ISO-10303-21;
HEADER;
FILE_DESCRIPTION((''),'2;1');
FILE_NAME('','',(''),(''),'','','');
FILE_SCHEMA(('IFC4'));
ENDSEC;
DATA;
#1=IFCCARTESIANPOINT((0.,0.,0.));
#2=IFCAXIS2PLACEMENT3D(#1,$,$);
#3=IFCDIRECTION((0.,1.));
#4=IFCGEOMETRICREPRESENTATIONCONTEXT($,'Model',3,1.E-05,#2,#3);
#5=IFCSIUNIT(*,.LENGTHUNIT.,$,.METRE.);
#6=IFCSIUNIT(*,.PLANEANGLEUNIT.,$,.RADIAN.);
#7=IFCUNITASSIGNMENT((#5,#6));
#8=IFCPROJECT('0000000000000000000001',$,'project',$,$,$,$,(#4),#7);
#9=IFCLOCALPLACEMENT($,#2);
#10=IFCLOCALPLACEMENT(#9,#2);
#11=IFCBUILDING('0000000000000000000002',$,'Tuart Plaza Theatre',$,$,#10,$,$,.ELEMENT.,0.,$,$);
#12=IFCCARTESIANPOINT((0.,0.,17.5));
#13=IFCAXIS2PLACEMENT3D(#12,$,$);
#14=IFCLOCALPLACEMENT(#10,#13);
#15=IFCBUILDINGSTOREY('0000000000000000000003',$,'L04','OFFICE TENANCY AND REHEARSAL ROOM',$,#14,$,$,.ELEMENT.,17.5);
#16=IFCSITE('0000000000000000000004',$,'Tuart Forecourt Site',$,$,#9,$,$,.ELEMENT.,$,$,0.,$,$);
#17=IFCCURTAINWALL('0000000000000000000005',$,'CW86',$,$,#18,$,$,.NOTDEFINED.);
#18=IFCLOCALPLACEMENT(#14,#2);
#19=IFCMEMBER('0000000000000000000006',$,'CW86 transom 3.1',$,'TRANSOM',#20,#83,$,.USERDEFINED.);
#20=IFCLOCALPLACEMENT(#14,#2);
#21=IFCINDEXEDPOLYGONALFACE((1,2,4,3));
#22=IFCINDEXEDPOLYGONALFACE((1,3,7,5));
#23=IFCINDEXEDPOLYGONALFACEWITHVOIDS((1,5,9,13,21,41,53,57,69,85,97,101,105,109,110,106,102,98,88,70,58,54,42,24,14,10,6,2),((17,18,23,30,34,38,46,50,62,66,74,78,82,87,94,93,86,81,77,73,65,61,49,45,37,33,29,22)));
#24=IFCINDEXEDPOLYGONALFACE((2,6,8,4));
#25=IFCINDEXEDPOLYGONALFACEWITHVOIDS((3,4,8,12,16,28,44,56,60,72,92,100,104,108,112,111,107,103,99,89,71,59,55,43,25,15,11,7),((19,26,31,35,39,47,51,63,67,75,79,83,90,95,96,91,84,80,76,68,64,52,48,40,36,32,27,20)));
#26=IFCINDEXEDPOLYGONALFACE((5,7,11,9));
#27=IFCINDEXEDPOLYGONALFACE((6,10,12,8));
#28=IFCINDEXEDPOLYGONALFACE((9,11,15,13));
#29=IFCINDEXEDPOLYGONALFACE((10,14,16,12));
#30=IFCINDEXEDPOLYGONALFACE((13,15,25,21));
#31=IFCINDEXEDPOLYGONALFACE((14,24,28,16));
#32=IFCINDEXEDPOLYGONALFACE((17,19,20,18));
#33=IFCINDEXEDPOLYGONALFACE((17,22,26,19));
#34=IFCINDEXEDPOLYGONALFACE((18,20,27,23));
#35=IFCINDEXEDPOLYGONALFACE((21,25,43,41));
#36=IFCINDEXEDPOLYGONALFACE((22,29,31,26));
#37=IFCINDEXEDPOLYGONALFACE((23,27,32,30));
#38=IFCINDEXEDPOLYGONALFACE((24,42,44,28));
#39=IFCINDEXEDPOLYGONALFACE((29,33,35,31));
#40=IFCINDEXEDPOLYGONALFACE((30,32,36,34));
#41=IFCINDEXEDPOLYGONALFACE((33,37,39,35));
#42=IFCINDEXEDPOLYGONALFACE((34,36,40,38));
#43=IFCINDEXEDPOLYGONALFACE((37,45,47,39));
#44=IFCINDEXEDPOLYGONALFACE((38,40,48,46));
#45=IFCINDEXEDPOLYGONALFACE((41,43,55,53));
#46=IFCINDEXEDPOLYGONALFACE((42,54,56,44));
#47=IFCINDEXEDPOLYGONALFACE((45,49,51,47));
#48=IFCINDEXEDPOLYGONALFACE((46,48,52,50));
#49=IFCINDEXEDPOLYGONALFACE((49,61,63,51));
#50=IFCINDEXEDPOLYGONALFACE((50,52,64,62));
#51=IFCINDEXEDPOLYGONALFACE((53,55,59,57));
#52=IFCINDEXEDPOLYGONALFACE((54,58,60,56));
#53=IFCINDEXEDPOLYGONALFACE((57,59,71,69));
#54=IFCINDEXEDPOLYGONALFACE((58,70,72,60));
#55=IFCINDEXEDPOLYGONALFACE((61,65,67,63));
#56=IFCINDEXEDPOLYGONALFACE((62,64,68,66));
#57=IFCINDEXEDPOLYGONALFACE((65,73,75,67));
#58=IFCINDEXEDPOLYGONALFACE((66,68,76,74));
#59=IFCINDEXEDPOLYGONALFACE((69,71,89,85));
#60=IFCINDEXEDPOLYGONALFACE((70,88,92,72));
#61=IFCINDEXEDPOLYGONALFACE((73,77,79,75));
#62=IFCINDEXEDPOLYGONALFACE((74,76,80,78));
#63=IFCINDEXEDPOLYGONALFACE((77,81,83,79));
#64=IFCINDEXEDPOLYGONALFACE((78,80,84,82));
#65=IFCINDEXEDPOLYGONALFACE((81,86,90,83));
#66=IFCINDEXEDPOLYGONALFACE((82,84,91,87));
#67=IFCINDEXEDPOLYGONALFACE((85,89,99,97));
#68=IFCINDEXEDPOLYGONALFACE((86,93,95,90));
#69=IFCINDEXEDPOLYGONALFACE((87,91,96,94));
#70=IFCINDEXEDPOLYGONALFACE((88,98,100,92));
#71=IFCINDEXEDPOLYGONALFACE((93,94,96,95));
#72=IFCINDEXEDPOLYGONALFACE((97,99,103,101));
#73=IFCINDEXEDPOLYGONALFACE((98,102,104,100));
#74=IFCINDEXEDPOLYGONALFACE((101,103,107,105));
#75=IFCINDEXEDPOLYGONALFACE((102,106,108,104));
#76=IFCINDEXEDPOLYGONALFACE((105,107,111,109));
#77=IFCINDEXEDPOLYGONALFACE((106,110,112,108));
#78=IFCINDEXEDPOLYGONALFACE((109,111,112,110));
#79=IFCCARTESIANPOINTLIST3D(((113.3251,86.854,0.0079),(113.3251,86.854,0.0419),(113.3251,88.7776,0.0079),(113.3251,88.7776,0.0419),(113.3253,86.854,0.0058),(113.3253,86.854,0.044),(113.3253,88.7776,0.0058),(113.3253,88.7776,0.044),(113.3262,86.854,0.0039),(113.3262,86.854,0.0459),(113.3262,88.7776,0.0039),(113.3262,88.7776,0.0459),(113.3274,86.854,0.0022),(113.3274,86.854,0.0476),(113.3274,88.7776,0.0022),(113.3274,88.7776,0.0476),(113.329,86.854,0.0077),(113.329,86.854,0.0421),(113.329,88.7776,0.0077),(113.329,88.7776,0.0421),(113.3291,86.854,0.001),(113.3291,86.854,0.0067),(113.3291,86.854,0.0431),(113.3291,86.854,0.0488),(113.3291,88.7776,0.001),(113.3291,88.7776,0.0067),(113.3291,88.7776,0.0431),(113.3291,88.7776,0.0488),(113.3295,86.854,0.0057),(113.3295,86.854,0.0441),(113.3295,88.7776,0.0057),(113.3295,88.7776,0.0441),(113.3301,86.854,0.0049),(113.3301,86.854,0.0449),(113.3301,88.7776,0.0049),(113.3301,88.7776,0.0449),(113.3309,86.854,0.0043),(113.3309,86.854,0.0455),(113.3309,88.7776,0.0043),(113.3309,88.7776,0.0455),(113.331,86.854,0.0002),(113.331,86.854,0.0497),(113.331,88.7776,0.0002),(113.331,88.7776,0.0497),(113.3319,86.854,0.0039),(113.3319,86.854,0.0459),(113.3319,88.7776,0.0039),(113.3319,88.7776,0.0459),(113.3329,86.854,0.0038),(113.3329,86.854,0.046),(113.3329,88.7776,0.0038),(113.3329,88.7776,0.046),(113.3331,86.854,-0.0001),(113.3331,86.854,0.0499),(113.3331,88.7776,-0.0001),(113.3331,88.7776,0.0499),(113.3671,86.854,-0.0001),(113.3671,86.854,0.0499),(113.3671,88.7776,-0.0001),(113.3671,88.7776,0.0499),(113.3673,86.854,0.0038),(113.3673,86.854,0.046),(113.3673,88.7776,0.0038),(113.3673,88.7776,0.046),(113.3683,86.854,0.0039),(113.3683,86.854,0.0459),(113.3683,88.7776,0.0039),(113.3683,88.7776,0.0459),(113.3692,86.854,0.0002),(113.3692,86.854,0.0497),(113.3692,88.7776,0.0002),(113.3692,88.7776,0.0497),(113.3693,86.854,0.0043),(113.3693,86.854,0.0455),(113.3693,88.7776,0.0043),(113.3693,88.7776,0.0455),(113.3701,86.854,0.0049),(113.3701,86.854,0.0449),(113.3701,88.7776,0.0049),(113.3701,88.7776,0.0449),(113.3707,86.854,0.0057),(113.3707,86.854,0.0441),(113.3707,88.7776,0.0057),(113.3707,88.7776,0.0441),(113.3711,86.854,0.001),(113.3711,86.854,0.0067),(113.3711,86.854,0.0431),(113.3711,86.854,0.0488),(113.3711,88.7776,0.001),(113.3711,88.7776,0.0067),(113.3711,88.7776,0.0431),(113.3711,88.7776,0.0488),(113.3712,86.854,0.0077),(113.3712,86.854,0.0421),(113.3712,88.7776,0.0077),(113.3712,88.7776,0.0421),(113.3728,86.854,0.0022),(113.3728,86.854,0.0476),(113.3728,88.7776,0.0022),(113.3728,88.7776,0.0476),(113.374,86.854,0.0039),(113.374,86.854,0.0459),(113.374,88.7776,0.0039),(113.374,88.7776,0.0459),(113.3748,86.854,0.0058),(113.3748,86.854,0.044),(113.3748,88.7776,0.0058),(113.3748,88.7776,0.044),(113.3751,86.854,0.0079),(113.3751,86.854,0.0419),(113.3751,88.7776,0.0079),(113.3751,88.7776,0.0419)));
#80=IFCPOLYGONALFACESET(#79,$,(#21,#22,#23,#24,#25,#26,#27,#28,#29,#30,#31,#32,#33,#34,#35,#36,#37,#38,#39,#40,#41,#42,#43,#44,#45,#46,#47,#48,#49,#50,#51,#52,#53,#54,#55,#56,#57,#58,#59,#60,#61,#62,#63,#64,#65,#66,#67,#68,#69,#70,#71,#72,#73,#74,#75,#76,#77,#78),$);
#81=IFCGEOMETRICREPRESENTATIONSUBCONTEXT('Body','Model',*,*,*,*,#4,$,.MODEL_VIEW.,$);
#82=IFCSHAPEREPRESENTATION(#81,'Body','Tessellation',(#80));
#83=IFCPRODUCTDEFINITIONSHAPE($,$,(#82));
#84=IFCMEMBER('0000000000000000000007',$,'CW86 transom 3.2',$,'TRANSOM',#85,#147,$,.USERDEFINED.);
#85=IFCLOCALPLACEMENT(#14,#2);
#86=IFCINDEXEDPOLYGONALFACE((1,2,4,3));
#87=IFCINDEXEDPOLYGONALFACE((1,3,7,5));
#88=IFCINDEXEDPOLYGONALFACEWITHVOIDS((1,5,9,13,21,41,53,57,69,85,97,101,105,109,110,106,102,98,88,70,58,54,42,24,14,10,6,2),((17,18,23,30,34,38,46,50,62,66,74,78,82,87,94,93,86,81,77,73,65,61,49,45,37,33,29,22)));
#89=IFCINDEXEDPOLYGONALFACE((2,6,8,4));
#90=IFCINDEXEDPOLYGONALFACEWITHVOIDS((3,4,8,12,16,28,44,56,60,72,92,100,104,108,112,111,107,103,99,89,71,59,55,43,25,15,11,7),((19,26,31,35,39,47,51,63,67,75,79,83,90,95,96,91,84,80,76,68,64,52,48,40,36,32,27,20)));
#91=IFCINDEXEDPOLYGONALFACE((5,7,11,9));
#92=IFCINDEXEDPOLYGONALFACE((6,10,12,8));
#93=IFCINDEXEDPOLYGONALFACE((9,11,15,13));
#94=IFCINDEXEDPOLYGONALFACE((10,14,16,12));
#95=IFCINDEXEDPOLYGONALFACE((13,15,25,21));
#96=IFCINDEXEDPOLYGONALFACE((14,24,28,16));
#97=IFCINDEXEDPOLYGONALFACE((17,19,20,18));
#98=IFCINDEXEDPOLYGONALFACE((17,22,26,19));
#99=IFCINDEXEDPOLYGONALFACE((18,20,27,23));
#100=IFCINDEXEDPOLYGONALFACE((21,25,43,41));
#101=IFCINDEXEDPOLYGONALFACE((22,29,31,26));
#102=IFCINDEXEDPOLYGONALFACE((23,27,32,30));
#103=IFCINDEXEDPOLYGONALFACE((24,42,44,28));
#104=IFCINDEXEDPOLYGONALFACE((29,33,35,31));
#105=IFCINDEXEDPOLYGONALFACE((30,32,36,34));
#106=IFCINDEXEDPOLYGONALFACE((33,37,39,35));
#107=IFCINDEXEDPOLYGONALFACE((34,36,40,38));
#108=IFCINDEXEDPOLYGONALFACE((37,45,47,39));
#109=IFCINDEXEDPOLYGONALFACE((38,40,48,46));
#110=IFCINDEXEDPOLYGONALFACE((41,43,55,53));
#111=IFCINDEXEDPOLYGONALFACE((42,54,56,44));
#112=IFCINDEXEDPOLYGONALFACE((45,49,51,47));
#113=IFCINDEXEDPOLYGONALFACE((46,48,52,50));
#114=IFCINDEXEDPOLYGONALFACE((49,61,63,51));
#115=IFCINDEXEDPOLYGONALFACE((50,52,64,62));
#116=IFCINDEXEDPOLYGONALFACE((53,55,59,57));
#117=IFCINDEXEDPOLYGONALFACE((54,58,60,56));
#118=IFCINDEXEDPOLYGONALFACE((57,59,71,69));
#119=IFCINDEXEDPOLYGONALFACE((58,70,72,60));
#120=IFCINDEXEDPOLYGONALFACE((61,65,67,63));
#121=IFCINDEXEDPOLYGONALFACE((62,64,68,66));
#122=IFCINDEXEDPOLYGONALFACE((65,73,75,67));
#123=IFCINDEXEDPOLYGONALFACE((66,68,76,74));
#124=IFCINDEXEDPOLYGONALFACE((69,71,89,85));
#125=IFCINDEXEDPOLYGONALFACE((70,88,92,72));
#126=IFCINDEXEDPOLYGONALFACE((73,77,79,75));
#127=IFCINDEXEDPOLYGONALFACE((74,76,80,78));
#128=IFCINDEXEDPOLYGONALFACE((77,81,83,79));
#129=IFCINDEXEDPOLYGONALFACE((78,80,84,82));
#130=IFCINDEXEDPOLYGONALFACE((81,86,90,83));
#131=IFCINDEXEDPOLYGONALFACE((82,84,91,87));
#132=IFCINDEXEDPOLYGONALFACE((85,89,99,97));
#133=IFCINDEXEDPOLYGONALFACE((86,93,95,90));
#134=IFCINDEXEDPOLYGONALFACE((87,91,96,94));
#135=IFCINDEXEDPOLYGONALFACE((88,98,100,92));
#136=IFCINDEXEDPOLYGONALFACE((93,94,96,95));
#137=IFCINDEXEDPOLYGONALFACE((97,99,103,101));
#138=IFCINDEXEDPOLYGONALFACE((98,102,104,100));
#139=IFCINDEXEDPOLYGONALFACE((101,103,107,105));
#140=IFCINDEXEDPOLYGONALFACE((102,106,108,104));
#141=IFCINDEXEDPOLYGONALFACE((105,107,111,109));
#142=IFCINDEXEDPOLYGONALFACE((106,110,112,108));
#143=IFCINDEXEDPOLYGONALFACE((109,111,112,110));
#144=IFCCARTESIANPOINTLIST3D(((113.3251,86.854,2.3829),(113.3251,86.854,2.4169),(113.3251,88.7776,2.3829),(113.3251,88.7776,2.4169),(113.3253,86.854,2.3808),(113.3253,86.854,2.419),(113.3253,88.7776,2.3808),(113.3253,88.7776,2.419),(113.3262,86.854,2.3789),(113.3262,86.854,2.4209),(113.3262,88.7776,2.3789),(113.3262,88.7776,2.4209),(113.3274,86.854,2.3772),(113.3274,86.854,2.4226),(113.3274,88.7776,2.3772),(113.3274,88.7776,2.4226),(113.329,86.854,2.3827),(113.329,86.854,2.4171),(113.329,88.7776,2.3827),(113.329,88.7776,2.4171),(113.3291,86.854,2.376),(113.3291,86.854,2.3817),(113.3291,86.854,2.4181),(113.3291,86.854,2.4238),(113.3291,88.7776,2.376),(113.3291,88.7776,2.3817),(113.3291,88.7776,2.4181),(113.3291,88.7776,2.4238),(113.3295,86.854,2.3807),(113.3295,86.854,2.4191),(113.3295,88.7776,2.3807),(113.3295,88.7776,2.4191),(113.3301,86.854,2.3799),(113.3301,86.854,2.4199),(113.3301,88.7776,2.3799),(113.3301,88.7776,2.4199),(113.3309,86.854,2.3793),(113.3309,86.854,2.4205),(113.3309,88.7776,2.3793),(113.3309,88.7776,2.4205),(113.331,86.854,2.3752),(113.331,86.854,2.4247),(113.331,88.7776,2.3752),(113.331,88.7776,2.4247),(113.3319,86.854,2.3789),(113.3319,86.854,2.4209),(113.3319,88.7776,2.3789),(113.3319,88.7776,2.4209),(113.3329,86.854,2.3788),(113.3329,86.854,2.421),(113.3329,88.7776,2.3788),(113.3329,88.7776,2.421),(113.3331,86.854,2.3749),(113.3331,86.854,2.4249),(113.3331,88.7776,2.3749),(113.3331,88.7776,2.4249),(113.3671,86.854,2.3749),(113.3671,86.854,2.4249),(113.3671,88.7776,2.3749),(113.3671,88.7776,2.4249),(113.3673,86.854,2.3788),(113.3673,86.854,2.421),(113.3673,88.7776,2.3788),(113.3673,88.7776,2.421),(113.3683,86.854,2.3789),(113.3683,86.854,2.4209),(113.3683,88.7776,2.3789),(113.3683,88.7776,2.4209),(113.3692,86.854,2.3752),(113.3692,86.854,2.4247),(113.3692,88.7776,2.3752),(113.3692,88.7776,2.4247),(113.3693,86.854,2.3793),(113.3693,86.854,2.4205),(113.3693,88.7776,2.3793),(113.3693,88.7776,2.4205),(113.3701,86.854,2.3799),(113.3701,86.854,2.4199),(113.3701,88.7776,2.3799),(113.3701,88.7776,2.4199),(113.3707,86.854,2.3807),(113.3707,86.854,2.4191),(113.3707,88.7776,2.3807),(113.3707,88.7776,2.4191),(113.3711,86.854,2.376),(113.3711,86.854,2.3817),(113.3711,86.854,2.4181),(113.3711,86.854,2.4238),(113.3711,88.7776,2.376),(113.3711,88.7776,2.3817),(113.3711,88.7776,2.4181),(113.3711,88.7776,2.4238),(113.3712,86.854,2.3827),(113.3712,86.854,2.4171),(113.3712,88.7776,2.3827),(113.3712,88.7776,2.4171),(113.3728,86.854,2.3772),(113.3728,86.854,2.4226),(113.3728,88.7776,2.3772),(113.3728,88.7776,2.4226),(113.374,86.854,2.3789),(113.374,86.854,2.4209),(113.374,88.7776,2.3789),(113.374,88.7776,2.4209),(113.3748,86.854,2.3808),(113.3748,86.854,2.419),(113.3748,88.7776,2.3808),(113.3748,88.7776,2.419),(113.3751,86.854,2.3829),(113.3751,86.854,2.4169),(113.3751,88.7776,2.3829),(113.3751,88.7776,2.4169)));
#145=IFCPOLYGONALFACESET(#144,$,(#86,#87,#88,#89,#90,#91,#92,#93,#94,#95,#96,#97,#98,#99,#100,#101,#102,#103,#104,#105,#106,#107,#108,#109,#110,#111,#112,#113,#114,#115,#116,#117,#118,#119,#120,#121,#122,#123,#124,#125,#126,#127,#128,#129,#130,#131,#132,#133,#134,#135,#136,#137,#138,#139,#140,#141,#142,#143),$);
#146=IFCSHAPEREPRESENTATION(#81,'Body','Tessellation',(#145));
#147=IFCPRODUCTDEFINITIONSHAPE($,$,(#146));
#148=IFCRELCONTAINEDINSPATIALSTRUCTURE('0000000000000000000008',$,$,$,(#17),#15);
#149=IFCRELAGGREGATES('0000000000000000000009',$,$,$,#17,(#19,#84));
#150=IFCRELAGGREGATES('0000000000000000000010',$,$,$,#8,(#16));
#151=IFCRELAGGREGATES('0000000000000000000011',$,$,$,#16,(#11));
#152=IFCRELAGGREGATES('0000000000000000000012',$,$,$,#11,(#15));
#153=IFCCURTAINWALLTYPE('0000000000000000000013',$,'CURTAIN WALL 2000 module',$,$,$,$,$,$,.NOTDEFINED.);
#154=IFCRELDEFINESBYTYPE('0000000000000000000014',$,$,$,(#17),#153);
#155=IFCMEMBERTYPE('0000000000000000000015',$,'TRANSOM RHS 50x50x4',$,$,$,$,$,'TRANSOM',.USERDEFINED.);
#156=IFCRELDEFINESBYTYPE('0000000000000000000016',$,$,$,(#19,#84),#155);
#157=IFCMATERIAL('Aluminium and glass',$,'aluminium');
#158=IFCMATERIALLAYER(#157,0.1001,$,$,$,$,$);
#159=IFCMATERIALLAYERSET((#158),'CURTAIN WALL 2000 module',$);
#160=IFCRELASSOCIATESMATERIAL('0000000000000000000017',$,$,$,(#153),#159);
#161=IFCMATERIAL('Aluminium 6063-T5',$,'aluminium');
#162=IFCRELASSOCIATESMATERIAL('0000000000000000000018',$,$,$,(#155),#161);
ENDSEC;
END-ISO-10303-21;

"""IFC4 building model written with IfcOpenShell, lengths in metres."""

from ifc_helpers import new_model, si_unit, direction, frame, origin, origin_2d, place, context, subcontext, project, spatial, hollow_rectangle, extrude, material, layer, layer_set, material_profile, profile_set, type_object, element, aggregate, save


model = new_model("IFC4")

# Units and contexts
model_context = context("Model", 3, precision=1e-05, world=origin(), true_north=direction((0.0, 1.0)))
body_context = subcontext(model_context, "Body", "Model", "MODEL_VIEW")
ifc_project = project(units=[si_unit("LENGTHUNIT", "METRE"), si_unit("PLANEANGLEUNIT", "RADIAN")], contexts=[model_context])

# Site, building, storey
site_placement = place(None, origin())
site = spatial("IfcSite", under=ifc_project, at=site_placement, Name="Tuart Forecourt Site", CompositionType="ELEMENT", RefElevation=0.0)
building_placement = place(site_placement, origin())
building = spatial("IfcBuilding", under=site, at=building_placement, Name="Tuart Plaza Theatre", CompositionType="ELEMENT", ElevationOfRefHeight=0.0)
storey_placement = place(building_placement, frame((0.0, 0.0, 17.5)))
storey = spatial("IfcBuildingStorey", under=building, at=storey_placement, Name="L04", Description="OFFICE TENANCY AND REHEARSAL ROOM", CompositionType="ELEMENT", Elevation=17.5)

# Curtain wall, members
ifc_material_1 = material(Name="Aluminium and glass", Category="aluminium")
ifc_layer_1 = layer(ifc_material_1, 0.1001)
ifc_layer_set_1 = layer_set([ifc_layer_1], Name="CURTAIN WALL 2000 module")
curtain_wall_type = type_object("IfcCurtainWallType", Name="CURTAIN WALL 2000 module", PredefinedType="NOTDEFINED", material=ifc_layer_set_1)
curtain_wall_placement = place(storey_placement, origin())
curtain_wall = element("IfcCurtainWall", 1, at=curtain_wall_placement, inside=storey, type_object=curtain_wall_type, Name="CW86", PredefinedType="NOTDEFINED")
ifc_material_2 = material(Name="Aluminium 6063-T5", Category="aluminium")
ifc_material_profile_1 = material_profile(ifc_material_2, hollow_rectangle(XDim=0.05, YDim=0.05, WallThickness=0.0039, InnerFilletRadius=0.0039, OuterFilletRadius=0.0081, at=origin_2d()), Name="RHS 50x50x4")
ifc_profile_set_1 = profile_set([ifc_material_profile_1], Name="Aluminium 6063-T5")
member_type_1 = type_object("IfcMemberType", Name="TRANSOM RHS 50x50x4", ElementType="TRANSOM", PredefinedType="USERDEFINED", material=ifc_profile_set_1)
member_1_placement = place(storey_placement, frame((113.3501, 88.7776, 0.0249), z_axis=(0.0, -1.0, 0.0), x_axis=(1.0, 0.0, 0.0)))
member_1 = element("IfcMember", 2, at=member_1_placement, type_object=member_type_1, Name="CW86 transom 3.1", ObjectType="TRANSOM", PredefinedType="USERDEFINED", context=body_context, shape_type="SweptSolid", body=[
    extrude(hollow_rectangle(XDim=0.05, YDim=0.05, WallThickness=0.0039, InnerFilletRadius=0.0039, OuterFilletRadius=0.0081, at=origin_2d()), origin(), (0.0, 0.0, 1.0), 1.9236),
])
member_2_placement = place(storey_placement, frame((113.3501, 88.7776, 2.3999), z_axis=(0.0, -1.0, 0.0), x_axis=(1.0, 0.0, 0.0)))
member_2 = element("IfcMember", 3, at=member_2_placement, type_object=member_type_1, Name="CW86 transom 3.2", ObjectType="TRANSOM", PredefinedType="USERDEFINED", context=body_context, shape_type="SweptSolid", body=[
    extrude(hollow_rectangle(XDim=0.05, YDim=0.05, WallThickness=0.0039, InnerFilletRadius=0.0039, OuterFilletRadius=0.0081, at=origin_2d()), origin(), (0.0, 0.0, 1.0), 1.9236),
])
aggregate(curtain_wall, [member_1, member_2])

save(model, "model.ifc")
